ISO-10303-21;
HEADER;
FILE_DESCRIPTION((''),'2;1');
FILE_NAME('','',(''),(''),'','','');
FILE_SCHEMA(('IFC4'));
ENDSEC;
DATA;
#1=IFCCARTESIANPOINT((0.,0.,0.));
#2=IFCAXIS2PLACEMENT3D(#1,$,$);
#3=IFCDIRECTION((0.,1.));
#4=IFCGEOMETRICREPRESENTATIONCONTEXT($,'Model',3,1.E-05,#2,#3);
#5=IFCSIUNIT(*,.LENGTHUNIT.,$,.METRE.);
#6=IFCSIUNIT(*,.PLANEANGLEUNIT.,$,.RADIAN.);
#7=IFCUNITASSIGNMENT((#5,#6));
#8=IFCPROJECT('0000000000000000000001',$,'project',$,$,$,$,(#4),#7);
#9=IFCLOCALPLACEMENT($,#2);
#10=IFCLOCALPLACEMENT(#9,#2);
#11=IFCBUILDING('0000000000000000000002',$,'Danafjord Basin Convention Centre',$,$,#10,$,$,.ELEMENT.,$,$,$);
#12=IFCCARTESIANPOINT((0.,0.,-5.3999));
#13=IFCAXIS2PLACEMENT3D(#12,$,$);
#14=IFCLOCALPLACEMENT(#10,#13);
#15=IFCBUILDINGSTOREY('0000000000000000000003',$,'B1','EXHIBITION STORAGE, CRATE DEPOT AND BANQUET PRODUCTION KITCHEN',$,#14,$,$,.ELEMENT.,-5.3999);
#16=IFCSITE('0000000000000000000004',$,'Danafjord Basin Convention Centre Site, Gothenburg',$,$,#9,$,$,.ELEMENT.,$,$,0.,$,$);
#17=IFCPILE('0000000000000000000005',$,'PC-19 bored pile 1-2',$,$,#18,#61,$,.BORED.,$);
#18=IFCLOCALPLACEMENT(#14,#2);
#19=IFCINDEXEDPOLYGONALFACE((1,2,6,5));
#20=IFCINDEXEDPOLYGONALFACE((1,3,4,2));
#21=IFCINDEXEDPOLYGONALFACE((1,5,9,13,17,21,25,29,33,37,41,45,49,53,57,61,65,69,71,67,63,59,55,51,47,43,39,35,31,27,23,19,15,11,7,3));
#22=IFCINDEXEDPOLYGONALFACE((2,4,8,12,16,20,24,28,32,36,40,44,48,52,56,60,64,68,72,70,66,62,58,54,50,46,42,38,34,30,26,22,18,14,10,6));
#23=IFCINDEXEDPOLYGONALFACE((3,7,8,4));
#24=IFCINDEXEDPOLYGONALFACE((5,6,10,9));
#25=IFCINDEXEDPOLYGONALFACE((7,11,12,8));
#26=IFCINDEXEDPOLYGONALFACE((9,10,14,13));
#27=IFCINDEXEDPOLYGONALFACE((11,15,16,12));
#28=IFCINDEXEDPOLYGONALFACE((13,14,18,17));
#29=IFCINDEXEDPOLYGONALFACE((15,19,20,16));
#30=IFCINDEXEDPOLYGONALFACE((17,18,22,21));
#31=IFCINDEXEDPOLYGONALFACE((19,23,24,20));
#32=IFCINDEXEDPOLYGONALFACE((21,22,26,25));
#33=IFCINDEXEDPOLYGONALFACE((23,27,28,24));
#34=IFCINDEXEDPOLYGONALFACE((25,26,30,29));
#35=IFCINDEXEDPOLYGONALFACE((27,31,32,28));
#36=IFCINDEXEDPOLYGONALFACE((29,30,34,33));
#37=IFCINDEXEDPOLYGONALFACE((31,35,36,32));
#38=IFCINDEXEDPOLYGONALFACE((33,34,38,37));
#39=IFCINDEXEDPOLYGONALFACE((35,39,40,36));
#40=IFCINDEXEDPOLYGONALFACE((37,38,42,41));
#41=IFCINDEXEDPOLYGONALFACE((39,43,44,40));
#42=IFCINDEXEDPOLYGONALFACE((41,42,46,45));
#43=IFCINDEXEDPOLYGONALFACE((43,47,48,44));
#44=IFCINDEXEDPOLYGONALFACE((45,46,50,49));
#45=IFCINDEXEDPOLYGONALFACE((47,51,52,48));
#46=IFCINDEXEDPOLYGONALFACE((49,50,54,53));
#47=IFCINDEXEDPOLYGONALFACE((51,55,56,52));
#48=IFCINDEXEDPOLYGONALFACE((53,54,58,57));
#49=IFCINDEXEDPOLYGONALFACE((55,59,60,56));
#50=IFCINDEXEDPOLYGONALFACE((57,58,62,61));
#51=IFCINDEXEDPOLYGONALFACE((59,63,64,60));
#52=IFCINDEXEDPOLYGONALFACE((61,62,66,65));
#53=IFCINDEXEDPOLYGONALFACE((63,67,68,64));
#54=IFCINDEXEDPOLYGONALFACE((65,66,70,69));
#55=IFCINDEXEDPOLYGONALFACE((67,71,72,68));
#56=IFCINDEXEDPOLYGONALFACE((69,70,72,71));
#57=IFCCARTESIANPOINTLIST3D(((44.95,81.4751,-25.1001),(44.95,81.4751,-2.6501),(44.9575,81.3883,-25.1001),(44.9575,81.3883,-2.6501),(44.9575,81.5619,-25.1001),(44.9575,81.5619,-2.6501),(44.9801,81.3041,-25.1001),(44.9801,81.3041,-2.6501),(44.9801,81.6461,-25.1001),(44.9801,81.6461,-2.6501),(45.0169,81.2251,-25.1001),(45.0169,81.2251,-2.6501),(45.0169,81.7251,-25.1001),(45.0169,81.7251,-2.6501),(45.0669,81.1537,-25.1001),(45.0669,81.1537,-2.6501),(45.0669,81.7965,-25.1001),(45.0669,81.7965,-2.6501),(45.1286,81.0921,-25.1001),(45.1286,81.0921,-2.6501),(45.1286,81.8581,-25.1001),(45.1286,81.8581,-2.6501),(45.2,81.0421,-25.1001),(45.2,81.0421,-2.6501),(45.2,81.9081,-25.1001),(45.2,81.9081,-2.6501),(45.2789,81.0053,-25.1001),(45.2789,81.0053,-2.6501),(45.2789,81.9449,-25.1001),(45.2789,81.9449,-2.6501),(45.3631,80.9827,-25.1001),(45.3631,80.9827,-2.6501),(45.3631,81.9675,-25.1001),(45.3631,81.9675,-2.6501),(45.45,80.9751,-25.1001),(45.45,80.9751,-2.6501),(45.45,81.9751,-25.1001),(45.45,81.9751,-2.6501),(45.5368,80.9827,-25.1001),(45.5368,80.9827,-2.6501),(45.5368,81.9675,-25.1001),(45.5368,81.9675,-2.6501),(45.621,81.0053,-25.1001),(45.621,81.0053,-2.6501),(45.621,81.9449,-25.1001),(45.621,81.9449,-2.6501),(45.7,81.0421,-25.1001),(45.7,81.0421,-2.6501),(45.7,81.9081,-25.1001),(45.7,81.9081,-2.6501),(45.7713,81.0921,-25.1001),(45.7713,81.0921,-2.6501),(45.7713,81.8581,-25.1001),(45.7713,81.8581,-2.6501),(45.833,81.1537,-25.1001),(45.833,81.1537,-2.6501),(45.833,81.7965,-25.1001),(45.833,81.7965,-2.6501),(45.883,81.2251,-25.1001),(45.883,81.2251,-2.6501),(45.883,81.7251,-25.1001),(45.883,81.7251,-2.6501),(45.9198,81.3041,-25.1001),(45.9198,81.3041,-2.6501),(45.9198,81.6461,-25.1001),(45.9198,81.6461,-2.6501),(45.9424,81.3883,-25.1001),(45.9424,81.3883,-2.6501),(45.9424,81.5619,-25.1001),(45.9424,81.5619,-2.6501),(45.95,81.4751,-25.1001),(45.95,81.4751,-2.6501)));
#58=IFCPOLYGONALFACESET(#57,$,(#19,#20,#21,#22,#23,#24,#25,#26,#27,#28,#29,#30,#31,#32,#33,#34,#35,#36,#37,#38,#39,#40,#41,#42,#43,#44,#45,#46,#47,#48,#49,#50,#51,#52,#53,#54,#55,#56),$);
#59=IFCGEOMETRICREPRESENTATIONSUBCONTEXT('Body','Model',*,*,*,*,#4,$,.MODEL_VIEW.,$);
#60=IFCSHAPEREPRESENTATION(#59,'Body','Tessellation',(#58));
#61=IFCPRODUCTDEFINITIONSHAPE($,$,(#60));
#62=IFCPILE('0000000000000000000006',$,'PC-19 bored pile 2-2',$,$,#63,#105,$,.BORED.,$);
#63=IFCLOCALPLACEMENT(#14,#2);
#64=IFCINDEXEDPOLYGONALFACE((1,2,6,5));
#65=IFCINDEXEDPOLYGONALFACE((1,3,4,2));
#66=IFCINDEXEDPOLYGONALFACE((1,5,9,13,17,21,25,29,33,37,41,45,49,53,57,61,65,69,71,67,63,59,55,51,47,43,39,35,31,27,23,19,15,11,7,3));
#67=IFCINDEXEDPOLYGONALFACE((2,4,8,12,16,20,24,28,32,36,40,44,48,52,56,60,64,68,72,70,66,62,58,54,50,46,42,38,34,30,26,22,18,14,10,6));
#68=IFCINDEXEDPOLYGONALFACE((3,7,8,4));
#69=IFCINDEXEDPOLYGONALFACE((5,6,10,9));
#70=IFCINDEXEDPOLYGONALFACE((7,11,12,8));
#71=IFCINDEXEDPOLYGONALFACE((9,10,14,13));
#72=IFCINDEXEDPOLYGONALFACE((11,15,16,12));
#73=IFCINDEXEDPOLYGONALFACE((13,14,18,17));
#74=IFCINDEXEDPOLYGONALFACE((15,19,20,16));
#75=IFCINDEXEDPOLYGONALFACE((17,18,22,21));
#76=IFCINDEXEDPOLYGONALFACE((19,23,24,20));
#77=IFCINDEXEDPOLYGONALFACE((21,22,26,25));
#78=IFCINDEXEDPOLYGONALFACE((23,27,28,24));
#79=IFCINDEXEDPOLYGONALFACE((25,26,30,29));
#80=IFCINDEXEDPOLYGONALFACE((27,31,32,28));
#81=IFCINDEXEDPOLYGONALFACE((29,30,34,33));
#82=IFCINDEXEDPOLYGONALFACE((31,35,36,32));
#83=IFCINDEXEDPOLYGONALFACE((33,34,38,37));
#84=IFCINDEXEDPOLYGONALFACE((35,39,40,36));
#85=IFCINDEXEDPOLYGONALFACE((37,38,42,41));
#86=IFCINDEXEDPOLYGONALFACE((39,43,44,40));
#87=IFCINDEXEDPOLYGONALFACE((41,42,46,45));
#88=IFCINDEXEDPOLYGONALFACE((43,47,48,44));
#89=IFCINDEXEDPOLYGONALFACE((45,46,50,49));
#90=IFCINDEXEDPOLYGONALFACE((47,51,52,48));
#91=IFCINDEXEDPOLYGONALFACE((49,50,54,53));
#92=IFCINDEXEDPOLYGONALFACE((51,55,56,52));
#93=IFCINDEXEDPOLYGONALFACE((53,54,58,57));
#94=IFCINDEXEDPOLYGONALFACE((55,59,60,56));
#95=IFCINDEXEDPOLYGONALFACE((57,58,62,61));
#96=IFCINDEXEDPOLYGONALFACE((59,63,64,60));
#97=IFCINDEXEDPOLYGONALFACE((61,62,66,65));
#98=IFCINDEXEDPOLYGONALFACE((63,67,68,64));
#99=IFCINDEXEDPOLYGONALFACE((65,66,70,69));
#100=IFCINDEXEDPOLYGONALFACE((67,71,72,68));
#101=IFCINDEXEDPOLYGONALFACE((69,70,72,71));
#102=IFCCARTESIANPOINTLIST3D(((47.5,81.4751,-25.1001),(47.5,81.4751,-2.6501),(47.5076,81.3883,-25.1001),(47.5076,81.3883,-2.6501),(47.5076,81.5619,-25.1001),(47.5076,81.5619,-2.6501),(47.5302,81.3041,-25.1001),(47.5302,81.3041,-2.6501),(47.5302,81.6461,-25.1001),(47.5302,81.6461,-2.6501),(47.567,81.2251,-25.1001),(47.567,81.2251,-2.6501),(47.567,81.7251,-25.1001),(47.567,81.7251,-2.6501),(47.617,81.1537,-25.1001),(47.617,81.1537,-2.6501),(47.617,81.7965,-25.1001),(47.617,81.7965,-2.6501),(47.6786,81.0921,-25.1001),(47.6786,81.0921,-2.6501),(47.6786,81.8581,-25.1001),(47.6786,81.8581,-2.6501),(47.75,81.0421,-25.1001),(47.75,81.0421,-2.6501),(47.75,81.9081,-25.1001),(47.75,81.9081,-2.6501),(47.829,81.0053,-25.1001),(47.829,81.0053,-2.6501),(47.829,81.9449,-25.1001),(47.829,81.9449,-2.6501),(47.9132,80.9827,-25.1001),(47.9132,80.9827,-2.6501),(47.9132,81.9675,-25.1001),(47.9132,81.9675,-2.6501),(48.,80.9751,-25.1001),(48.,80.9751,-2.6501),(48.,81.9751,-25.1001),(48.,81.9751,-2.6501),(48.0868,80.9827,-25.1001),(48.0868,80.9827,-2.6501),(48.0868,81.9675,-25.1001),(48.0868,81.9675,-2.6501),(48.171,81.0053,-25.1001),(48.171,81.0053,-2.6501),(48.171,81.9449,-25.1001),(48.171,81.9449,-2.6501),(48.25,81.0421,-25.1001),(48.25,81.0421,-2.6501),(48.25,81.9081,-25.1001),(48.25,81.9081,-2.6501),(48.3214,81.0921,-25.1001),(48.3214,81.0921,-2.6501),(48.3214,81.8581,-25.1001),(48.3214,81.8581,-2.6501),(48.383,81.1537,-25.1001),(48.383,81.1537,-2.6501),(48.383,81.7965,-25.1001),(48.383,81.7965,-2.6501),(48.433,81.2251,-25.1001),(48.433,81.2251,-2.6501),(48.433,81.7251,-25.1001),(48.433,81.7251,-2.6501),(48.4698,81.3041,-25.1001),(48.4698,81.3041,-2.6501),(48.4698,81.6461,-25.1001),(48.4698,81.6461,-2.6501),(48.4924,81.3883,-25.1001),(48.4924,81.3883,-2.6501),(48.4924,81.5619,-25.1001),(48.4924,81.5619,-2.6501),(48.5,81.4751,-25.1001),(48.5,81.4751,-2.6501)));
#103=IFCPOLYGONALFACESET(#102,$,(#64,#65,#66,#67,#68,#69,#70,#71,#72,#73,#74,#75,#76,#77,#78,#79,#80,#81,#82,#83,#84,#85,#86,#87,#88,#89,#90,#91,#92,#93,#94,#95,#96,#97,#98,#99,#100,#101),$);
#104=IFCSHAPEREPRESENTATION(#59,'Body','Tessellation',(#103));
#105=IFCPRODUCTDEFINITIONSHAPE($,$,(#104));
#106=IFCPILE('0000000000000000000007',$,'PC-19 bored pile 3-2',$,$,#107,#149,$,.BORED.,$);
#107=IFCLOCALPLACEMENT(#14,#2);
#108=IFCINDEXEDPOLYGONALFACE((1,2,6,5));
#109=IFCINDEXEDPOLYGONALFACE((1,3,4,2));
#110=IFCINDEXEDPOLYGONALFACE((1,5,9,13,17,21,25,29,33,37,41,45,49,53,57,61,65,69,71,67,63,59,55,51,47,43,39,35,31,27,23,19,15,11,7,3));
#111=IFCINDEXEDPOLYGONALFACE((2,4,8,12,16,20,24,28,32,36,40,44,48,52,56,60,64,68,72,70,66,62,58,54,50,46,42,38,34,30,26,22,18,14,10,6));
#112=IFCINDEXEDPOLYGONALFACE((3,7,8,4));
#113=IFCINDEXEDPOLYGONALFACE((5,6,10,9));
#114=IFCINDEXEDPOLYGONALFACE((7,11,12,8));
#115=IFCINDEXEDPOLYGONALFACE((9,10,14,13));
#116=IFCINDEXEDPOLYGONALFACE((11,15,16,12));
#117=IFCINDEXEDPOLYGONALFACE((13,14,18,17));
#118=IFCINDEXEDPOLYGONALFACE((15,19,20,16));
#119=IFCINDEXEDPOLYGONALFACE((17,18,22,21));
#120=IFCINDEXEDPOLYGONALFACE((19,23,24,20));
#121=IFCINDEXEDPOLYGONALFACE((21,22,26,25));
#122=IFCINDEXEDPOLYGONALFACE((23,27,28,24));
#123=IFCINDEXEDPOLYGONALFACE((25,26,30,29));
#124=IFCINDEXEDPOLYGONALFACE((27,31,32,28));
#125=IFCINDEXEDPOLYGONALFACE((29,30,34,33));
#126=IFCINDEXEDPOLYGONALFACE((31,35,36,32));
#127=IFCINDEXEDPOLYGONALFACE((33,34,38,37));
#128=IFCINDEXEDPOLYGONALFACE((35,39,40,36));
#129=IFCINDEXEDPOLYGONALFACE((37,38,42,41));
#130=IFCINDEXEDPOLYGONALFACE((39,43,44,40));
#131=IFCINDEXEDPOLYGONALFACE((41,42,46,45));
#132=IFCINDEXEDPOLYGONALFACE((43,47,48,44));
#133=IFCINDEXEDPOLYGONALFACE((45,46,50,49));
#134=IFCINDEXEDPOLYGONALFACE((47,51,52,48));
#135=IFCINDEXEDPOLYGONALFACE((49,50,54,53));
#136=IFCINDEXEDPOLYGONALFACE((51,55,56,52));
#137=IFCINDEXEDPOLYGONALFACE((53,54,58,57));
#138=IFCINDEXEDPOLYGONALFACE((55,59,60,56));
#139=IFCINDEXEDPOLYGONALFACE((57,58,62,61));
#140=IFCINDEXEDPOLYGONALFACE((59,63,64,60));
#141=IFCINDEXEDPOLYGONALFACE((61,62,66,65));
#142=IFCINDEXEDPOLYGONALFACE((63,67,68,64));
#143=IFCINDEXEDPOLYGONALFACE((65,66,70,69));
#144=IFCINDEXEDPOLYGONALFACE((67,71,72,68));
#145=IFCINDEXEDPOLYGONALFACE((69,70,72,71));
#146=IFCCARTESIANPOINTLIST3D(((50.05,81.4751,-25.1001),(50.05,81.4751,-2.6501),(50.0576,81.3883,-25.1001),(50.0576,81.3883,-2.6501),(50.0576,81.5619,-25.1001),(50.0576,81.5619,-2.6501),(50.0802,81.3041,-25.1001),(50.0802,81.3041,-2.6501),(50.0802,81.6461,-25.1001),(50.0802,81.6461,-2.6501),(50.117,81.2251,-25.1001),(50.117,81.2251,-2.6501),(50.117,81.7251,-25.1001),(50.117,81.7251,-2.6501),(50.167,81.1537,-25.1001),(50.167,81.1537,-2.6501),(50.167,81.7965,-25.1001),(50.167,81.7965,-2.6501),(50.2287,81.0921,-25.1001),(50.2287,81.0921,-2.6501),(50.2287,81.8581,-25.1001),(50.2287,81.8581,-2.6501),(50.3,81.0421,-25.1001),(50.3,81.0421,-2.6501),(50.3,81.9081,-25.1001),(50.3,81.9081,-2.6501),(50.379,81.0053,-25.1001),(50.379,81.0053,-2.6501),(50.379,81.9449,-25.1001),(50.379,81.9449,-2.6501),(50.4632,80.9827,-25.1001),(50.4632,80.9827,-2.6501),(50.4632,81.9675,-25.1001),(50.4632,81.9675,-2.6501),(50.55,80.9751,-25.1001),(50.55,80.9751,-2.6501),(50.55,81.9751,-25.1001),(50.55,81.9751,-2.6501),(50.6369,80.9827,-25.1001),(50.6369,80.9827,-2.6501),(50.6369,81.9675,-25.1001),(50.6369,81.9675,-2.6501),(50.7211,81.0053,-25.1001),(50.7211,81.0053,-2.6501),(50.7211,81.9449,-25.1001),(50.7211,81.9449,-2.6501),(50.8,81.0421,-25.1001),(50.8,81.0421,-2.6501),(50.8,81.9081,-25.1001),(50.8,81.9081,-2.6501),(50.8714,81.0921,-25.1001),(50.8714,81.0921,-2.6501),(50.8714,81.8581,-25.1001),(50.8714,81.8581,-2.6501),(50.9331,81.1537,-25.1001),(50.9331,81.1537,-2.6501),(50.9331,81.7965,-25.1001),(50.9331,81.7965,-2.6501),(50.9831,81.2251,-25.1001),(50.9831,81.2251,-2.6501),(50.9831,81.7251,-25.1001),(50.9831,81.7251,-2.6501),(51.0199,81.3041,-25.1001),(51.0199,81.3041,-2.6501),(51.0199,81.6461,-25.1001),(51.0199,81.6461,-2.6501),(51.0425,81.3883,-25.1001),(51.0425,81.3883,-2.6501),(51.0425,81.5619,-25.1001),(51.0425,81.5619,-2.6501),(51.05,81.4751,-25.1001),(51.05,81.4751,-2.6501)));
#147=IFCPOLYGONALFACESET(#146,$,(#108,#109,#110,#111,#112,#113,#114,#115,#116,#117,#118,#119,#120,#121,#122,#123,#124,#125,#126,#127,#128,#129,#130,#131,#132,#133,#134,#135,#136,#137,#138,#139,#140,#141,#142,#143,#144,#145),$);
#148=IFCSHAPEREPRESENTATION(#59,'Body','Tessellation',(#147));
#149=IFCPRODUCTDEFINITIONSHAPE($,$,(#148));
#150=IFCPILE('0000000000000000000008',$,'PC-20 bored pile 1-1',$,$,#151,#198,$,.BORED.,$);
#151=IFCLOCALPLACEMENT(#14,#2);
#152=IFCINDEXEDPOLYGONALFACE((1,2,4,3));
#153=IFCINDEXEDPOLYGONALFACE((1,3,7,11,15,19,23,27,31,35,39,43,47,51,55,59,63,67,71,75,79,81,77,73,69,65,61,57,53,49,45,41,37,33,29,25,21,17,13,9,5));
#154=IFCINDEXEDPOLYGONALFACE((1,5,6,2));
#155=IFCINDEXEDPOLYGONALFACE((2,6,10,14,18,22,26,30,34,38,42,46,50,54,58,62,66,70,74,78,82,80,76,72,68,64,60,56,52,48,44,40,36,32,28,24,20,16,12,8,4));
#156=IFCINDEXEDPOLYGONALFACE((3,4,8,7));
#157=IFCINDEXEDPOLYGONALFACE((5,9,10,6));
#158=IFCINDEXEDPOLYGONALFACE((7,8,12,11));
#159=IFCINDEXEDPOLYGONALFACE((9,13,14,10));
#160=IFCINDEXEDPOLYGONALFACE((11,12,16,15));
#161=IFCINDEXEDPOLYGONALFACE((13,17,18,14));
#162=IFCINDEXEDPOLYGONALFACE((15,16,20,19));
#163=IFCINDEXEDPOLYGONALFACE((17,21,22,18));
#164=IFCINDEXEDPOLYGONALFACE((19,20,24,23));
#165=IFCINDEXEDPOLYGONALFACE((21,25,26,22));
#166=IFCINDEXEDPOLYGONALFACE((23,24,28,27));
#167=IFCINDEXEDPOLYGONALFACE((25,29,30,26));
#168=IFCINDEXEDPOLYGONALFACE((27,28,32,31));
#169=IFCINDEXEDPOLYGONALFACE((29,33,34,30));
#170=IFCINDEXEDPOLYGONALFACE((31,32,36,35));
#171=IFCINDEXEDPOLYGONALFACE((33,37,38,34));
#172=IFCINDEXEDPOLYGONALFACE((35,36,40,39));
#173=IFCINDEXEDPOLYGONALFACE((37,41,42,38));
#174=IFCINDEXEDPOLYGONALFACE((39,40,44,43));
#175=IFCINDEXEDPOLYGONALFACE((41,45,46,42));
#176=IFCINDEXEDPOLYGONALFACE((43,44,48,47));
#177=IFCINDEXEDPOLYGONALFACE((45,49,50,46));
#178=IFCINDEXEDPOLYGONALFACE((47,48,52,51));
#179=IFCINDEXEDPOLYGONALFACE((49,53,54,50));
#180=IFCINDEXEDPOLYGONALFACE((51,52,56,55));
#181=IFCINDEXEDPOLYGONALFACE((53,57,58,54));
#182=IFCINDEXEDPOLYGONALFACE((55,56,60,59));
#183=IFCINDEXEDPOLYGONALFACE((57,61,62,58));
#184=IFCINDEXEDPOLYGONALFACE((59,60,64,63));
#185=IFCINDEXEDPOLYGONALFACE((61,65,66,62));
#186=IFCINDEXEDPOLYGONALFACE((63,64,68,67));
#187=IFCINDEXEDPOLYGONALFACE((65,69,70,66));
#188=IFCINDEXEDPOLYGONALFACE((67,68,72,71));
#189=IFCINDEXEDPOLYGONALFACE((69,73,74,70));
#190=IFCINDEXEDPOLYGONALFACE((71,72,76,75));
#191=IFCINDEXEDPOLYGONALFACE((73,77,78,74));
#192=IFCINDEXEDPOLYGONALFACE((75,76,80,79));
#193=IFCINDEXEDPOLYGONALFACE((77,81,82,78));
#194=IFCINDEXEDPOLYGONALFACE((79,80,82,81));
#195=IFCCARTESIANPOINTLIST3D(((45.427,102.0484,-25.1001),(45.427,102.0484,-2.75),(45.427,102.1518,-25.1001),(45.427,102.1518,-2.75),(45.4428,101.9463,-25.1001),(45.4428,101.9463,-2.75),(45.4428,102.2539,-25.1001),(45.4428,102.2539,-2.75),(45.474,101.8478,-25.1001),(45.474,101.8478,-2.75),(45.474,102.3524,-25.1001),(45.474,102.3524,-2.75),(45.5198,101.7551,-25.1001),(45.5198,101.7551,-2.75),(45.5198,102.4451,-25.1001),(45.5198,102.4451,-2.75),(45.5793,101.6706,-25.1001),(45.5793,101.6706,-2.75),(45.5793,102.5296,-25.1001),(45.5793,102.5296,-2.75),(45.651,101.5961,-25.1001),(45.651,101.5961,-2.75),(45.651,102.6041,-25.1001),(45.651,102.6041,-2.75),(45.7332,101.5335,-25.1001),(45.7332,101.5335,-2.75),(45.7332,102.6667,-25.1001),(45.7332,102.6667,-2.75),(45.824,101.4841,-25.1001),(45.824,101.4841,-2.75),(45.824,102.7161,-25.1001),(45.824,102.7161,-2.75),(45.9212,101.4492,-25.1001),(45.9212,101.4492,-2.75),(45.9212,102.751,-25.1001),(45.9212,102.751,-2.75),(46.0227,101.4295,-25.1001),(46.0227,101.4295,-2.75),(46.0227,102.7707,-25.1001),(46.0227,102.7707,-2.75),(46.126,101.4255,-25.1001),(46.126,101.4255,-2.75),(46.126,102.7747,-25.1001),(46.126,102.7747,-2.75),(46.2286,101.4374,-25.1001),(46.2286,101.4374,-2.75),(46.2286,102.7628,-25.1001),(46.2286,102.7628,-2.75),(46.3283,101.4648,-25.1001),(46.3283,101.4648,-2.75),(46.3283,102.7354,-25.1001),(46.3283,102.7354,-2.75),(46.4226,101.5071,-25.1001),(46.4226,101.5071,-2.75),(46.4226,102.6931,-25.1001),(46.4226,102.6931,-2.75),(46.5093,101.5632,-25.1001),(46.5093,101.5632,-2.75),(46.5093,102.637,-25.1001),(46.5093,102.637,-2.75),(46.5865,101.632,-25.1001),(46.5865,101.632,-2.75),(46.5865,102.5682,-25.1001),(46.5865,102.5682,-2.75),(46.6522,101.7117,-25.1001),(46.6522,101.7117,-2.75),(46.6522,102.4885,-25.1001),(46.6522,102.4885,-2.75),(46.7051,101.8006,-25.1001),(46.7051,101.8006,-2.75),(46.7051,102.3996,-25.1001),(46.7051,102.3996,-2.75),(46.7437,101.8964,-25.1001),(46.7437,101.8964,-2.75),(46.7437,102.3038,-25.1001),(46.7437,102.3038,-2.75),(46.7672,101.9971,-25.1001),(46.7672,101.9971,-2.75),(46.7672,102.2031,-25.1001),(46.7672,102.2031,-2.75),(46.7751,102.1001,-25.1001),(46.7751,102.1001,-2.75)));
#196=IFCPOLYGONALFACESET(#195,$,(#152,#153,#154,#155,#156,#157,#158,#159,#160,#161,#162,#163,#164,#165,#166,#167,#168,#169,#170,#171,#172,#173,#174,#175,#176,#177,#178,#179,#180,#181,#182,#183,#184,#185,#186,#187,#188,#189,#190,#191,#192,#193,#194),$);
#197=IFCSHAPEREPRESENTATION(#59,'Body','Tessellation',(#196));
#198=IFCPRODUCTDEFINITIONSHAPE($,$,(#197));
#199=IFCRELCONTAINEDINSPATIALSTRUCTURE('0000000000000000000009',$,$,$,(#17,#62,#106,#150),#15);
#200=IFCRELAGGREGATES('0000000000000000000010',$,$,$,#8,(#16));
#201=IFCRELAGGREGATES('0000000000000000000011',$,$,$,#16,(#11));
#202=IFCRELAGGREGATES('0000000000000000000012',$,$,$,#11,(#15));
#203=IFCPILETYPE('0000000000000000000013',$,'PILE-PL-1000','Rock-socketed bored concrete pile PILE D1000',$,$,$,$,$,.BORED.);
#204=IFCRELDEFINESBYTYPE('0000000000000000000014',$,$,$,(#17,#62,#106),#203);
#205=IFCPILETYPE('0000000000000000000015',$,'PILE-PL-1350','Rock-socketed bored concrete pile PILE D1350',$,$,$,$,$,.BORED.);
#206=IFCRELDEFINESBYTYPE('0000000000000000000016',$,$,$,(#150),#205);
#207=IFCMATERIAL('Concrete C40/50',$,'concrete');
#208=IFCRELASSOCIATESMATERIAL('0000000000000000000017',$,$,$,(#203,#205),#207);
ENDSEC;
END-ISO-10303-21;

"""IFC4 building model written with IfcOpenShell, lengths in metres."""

from ifc_helpers import new_model, si_unit, direction, frame, origin, origin_2d, place, context, subcontext, project, spatial, circle, extrude, material, material_profile, profile_set, type_object, element, save


model = new_model("IFC4")

# Units and contexts
model_context = context("Model", 3, precision=1e-05, world=origin(), true_north=direction((0.0, 1.0)))
body_context = subcontext(model_context, "Body", "Model", "MODEL_VIEW")
ifc_project = project(units=[si_unit("LENGTHUNIT", "METRE"), si_unit("PLANEANGLEUNIT", "RADIAN")], contexts=[model_context])

# Site, building, storey
site_placement = place(None, origin())
site = spatial("IfcSite", under=ifc_project, at=site_placement, Name="Danafjord Basin Convention Centre Site, Gothenburg", CompositionType="ELEMENT", RefElevation=0.0)
building_placement = place(site_placement, origin())
building = spatial("IfcBuilding", under=site, at=building_placement, Name="Danafjord Basin Convention Centre", CompositionType="ELEMENT")
storey_placement = place(building_placement, frame((0.0, 0.0, -5.3999)))
storey = spatial("IfcBuildingStorey", under=building, at=storey_placement, Name="B1", Description="EXHIBITION STORAGE, CRATE DEPOT AND BANQUET PRODUCTION KITCHEN", CompositionType="ELEMENT", Elevation=-5.3999)

# Shared definitions
ifc_material_1 = material(Name="Concrete C40/50", Category="concrete")

# Piles
ifc_material_profile_1 = material_profile(ifc_material_1, circle(Radius=0.5, at=origin_2d()), Name="PILE D1000")
ifc_profile_set_1 = profile_set([ifc_material_profile_1], Name="Concrete C40/50")
pile_type_1 = type_object("IfcPileType", Name="PILE-PL-1000", Description="Rock-socketed bored concrete pile PILE D1000", PredefinedType="BORED", material=ifc_profile_set_1)
for number, where, z_axis, x_axis, name in (
    (1, (45.45, 81.4751, -2.6501), (0.0, 0.0, -1.0), (1.0, 0.0, 0.0), "PC-19 bored pile 1-2"),
    (2, (48.0, 81.4751, -2.6501), (0.0, 0.0, -1.0), (1.0, 0.0, 0.0), "PC-19 bored pile 2-2"),
    (3, (50.55, 81.4751, -2.6501), (0.0, 0.0, -1.0), (1.0, 0.0, 0.0), "PC-19 bored pile 3-2"),
):
    element("IfcPile", number, at=place(storey_placement, frame(where, z_axis=z_axis, x_axis=x_axis)), inside=storey, type_object=pile_type_1, Name=name, PredefinedType="BORED", context=body_context, shape_type="SweptSolid", body=[
        extrude(circle(Radius=0.5, at=origin_2d()), origin(), (0.0, 0.0, 1.0), 22.45),
    ])
ifc_material_profile_2 = material_profile(ifc_material_1, circle(Radius=0.675, at=origin_2d()), Name="PILE D1350")
ifc_profile_set_2 = profile_set([ifc_material_profile_2], Name="Concrete C40/50")
pile_type_2 = type_object("IfcPileType", Name="PILE-PL-1350", Description="Rock-socketed bored concrete pile PILE D1350", PredefinedType="BORED", material=ifc_profile_set_2)
pile_1_placement = place(storey_placement, frame((46.1001, 102.1001, -2.75), z_axis=(0.0, 0.0, -1.0), x_axis=(1.0, 0.0, 0.0)))
element("IfcPile", 4, at=pile_1_placement, inside=storey, type_object=pile_type_2, Name="PC-20 bored pile 1-1", PredefinedType="BORED", context=body_context, shape_type="SweptSolid", body=[
    extrude(circle(Radius=0.675, at=origin_2d()), origin(), (0.0, 0.0, 1.0), 22.3501),
])

save(model, "model.ifc")
